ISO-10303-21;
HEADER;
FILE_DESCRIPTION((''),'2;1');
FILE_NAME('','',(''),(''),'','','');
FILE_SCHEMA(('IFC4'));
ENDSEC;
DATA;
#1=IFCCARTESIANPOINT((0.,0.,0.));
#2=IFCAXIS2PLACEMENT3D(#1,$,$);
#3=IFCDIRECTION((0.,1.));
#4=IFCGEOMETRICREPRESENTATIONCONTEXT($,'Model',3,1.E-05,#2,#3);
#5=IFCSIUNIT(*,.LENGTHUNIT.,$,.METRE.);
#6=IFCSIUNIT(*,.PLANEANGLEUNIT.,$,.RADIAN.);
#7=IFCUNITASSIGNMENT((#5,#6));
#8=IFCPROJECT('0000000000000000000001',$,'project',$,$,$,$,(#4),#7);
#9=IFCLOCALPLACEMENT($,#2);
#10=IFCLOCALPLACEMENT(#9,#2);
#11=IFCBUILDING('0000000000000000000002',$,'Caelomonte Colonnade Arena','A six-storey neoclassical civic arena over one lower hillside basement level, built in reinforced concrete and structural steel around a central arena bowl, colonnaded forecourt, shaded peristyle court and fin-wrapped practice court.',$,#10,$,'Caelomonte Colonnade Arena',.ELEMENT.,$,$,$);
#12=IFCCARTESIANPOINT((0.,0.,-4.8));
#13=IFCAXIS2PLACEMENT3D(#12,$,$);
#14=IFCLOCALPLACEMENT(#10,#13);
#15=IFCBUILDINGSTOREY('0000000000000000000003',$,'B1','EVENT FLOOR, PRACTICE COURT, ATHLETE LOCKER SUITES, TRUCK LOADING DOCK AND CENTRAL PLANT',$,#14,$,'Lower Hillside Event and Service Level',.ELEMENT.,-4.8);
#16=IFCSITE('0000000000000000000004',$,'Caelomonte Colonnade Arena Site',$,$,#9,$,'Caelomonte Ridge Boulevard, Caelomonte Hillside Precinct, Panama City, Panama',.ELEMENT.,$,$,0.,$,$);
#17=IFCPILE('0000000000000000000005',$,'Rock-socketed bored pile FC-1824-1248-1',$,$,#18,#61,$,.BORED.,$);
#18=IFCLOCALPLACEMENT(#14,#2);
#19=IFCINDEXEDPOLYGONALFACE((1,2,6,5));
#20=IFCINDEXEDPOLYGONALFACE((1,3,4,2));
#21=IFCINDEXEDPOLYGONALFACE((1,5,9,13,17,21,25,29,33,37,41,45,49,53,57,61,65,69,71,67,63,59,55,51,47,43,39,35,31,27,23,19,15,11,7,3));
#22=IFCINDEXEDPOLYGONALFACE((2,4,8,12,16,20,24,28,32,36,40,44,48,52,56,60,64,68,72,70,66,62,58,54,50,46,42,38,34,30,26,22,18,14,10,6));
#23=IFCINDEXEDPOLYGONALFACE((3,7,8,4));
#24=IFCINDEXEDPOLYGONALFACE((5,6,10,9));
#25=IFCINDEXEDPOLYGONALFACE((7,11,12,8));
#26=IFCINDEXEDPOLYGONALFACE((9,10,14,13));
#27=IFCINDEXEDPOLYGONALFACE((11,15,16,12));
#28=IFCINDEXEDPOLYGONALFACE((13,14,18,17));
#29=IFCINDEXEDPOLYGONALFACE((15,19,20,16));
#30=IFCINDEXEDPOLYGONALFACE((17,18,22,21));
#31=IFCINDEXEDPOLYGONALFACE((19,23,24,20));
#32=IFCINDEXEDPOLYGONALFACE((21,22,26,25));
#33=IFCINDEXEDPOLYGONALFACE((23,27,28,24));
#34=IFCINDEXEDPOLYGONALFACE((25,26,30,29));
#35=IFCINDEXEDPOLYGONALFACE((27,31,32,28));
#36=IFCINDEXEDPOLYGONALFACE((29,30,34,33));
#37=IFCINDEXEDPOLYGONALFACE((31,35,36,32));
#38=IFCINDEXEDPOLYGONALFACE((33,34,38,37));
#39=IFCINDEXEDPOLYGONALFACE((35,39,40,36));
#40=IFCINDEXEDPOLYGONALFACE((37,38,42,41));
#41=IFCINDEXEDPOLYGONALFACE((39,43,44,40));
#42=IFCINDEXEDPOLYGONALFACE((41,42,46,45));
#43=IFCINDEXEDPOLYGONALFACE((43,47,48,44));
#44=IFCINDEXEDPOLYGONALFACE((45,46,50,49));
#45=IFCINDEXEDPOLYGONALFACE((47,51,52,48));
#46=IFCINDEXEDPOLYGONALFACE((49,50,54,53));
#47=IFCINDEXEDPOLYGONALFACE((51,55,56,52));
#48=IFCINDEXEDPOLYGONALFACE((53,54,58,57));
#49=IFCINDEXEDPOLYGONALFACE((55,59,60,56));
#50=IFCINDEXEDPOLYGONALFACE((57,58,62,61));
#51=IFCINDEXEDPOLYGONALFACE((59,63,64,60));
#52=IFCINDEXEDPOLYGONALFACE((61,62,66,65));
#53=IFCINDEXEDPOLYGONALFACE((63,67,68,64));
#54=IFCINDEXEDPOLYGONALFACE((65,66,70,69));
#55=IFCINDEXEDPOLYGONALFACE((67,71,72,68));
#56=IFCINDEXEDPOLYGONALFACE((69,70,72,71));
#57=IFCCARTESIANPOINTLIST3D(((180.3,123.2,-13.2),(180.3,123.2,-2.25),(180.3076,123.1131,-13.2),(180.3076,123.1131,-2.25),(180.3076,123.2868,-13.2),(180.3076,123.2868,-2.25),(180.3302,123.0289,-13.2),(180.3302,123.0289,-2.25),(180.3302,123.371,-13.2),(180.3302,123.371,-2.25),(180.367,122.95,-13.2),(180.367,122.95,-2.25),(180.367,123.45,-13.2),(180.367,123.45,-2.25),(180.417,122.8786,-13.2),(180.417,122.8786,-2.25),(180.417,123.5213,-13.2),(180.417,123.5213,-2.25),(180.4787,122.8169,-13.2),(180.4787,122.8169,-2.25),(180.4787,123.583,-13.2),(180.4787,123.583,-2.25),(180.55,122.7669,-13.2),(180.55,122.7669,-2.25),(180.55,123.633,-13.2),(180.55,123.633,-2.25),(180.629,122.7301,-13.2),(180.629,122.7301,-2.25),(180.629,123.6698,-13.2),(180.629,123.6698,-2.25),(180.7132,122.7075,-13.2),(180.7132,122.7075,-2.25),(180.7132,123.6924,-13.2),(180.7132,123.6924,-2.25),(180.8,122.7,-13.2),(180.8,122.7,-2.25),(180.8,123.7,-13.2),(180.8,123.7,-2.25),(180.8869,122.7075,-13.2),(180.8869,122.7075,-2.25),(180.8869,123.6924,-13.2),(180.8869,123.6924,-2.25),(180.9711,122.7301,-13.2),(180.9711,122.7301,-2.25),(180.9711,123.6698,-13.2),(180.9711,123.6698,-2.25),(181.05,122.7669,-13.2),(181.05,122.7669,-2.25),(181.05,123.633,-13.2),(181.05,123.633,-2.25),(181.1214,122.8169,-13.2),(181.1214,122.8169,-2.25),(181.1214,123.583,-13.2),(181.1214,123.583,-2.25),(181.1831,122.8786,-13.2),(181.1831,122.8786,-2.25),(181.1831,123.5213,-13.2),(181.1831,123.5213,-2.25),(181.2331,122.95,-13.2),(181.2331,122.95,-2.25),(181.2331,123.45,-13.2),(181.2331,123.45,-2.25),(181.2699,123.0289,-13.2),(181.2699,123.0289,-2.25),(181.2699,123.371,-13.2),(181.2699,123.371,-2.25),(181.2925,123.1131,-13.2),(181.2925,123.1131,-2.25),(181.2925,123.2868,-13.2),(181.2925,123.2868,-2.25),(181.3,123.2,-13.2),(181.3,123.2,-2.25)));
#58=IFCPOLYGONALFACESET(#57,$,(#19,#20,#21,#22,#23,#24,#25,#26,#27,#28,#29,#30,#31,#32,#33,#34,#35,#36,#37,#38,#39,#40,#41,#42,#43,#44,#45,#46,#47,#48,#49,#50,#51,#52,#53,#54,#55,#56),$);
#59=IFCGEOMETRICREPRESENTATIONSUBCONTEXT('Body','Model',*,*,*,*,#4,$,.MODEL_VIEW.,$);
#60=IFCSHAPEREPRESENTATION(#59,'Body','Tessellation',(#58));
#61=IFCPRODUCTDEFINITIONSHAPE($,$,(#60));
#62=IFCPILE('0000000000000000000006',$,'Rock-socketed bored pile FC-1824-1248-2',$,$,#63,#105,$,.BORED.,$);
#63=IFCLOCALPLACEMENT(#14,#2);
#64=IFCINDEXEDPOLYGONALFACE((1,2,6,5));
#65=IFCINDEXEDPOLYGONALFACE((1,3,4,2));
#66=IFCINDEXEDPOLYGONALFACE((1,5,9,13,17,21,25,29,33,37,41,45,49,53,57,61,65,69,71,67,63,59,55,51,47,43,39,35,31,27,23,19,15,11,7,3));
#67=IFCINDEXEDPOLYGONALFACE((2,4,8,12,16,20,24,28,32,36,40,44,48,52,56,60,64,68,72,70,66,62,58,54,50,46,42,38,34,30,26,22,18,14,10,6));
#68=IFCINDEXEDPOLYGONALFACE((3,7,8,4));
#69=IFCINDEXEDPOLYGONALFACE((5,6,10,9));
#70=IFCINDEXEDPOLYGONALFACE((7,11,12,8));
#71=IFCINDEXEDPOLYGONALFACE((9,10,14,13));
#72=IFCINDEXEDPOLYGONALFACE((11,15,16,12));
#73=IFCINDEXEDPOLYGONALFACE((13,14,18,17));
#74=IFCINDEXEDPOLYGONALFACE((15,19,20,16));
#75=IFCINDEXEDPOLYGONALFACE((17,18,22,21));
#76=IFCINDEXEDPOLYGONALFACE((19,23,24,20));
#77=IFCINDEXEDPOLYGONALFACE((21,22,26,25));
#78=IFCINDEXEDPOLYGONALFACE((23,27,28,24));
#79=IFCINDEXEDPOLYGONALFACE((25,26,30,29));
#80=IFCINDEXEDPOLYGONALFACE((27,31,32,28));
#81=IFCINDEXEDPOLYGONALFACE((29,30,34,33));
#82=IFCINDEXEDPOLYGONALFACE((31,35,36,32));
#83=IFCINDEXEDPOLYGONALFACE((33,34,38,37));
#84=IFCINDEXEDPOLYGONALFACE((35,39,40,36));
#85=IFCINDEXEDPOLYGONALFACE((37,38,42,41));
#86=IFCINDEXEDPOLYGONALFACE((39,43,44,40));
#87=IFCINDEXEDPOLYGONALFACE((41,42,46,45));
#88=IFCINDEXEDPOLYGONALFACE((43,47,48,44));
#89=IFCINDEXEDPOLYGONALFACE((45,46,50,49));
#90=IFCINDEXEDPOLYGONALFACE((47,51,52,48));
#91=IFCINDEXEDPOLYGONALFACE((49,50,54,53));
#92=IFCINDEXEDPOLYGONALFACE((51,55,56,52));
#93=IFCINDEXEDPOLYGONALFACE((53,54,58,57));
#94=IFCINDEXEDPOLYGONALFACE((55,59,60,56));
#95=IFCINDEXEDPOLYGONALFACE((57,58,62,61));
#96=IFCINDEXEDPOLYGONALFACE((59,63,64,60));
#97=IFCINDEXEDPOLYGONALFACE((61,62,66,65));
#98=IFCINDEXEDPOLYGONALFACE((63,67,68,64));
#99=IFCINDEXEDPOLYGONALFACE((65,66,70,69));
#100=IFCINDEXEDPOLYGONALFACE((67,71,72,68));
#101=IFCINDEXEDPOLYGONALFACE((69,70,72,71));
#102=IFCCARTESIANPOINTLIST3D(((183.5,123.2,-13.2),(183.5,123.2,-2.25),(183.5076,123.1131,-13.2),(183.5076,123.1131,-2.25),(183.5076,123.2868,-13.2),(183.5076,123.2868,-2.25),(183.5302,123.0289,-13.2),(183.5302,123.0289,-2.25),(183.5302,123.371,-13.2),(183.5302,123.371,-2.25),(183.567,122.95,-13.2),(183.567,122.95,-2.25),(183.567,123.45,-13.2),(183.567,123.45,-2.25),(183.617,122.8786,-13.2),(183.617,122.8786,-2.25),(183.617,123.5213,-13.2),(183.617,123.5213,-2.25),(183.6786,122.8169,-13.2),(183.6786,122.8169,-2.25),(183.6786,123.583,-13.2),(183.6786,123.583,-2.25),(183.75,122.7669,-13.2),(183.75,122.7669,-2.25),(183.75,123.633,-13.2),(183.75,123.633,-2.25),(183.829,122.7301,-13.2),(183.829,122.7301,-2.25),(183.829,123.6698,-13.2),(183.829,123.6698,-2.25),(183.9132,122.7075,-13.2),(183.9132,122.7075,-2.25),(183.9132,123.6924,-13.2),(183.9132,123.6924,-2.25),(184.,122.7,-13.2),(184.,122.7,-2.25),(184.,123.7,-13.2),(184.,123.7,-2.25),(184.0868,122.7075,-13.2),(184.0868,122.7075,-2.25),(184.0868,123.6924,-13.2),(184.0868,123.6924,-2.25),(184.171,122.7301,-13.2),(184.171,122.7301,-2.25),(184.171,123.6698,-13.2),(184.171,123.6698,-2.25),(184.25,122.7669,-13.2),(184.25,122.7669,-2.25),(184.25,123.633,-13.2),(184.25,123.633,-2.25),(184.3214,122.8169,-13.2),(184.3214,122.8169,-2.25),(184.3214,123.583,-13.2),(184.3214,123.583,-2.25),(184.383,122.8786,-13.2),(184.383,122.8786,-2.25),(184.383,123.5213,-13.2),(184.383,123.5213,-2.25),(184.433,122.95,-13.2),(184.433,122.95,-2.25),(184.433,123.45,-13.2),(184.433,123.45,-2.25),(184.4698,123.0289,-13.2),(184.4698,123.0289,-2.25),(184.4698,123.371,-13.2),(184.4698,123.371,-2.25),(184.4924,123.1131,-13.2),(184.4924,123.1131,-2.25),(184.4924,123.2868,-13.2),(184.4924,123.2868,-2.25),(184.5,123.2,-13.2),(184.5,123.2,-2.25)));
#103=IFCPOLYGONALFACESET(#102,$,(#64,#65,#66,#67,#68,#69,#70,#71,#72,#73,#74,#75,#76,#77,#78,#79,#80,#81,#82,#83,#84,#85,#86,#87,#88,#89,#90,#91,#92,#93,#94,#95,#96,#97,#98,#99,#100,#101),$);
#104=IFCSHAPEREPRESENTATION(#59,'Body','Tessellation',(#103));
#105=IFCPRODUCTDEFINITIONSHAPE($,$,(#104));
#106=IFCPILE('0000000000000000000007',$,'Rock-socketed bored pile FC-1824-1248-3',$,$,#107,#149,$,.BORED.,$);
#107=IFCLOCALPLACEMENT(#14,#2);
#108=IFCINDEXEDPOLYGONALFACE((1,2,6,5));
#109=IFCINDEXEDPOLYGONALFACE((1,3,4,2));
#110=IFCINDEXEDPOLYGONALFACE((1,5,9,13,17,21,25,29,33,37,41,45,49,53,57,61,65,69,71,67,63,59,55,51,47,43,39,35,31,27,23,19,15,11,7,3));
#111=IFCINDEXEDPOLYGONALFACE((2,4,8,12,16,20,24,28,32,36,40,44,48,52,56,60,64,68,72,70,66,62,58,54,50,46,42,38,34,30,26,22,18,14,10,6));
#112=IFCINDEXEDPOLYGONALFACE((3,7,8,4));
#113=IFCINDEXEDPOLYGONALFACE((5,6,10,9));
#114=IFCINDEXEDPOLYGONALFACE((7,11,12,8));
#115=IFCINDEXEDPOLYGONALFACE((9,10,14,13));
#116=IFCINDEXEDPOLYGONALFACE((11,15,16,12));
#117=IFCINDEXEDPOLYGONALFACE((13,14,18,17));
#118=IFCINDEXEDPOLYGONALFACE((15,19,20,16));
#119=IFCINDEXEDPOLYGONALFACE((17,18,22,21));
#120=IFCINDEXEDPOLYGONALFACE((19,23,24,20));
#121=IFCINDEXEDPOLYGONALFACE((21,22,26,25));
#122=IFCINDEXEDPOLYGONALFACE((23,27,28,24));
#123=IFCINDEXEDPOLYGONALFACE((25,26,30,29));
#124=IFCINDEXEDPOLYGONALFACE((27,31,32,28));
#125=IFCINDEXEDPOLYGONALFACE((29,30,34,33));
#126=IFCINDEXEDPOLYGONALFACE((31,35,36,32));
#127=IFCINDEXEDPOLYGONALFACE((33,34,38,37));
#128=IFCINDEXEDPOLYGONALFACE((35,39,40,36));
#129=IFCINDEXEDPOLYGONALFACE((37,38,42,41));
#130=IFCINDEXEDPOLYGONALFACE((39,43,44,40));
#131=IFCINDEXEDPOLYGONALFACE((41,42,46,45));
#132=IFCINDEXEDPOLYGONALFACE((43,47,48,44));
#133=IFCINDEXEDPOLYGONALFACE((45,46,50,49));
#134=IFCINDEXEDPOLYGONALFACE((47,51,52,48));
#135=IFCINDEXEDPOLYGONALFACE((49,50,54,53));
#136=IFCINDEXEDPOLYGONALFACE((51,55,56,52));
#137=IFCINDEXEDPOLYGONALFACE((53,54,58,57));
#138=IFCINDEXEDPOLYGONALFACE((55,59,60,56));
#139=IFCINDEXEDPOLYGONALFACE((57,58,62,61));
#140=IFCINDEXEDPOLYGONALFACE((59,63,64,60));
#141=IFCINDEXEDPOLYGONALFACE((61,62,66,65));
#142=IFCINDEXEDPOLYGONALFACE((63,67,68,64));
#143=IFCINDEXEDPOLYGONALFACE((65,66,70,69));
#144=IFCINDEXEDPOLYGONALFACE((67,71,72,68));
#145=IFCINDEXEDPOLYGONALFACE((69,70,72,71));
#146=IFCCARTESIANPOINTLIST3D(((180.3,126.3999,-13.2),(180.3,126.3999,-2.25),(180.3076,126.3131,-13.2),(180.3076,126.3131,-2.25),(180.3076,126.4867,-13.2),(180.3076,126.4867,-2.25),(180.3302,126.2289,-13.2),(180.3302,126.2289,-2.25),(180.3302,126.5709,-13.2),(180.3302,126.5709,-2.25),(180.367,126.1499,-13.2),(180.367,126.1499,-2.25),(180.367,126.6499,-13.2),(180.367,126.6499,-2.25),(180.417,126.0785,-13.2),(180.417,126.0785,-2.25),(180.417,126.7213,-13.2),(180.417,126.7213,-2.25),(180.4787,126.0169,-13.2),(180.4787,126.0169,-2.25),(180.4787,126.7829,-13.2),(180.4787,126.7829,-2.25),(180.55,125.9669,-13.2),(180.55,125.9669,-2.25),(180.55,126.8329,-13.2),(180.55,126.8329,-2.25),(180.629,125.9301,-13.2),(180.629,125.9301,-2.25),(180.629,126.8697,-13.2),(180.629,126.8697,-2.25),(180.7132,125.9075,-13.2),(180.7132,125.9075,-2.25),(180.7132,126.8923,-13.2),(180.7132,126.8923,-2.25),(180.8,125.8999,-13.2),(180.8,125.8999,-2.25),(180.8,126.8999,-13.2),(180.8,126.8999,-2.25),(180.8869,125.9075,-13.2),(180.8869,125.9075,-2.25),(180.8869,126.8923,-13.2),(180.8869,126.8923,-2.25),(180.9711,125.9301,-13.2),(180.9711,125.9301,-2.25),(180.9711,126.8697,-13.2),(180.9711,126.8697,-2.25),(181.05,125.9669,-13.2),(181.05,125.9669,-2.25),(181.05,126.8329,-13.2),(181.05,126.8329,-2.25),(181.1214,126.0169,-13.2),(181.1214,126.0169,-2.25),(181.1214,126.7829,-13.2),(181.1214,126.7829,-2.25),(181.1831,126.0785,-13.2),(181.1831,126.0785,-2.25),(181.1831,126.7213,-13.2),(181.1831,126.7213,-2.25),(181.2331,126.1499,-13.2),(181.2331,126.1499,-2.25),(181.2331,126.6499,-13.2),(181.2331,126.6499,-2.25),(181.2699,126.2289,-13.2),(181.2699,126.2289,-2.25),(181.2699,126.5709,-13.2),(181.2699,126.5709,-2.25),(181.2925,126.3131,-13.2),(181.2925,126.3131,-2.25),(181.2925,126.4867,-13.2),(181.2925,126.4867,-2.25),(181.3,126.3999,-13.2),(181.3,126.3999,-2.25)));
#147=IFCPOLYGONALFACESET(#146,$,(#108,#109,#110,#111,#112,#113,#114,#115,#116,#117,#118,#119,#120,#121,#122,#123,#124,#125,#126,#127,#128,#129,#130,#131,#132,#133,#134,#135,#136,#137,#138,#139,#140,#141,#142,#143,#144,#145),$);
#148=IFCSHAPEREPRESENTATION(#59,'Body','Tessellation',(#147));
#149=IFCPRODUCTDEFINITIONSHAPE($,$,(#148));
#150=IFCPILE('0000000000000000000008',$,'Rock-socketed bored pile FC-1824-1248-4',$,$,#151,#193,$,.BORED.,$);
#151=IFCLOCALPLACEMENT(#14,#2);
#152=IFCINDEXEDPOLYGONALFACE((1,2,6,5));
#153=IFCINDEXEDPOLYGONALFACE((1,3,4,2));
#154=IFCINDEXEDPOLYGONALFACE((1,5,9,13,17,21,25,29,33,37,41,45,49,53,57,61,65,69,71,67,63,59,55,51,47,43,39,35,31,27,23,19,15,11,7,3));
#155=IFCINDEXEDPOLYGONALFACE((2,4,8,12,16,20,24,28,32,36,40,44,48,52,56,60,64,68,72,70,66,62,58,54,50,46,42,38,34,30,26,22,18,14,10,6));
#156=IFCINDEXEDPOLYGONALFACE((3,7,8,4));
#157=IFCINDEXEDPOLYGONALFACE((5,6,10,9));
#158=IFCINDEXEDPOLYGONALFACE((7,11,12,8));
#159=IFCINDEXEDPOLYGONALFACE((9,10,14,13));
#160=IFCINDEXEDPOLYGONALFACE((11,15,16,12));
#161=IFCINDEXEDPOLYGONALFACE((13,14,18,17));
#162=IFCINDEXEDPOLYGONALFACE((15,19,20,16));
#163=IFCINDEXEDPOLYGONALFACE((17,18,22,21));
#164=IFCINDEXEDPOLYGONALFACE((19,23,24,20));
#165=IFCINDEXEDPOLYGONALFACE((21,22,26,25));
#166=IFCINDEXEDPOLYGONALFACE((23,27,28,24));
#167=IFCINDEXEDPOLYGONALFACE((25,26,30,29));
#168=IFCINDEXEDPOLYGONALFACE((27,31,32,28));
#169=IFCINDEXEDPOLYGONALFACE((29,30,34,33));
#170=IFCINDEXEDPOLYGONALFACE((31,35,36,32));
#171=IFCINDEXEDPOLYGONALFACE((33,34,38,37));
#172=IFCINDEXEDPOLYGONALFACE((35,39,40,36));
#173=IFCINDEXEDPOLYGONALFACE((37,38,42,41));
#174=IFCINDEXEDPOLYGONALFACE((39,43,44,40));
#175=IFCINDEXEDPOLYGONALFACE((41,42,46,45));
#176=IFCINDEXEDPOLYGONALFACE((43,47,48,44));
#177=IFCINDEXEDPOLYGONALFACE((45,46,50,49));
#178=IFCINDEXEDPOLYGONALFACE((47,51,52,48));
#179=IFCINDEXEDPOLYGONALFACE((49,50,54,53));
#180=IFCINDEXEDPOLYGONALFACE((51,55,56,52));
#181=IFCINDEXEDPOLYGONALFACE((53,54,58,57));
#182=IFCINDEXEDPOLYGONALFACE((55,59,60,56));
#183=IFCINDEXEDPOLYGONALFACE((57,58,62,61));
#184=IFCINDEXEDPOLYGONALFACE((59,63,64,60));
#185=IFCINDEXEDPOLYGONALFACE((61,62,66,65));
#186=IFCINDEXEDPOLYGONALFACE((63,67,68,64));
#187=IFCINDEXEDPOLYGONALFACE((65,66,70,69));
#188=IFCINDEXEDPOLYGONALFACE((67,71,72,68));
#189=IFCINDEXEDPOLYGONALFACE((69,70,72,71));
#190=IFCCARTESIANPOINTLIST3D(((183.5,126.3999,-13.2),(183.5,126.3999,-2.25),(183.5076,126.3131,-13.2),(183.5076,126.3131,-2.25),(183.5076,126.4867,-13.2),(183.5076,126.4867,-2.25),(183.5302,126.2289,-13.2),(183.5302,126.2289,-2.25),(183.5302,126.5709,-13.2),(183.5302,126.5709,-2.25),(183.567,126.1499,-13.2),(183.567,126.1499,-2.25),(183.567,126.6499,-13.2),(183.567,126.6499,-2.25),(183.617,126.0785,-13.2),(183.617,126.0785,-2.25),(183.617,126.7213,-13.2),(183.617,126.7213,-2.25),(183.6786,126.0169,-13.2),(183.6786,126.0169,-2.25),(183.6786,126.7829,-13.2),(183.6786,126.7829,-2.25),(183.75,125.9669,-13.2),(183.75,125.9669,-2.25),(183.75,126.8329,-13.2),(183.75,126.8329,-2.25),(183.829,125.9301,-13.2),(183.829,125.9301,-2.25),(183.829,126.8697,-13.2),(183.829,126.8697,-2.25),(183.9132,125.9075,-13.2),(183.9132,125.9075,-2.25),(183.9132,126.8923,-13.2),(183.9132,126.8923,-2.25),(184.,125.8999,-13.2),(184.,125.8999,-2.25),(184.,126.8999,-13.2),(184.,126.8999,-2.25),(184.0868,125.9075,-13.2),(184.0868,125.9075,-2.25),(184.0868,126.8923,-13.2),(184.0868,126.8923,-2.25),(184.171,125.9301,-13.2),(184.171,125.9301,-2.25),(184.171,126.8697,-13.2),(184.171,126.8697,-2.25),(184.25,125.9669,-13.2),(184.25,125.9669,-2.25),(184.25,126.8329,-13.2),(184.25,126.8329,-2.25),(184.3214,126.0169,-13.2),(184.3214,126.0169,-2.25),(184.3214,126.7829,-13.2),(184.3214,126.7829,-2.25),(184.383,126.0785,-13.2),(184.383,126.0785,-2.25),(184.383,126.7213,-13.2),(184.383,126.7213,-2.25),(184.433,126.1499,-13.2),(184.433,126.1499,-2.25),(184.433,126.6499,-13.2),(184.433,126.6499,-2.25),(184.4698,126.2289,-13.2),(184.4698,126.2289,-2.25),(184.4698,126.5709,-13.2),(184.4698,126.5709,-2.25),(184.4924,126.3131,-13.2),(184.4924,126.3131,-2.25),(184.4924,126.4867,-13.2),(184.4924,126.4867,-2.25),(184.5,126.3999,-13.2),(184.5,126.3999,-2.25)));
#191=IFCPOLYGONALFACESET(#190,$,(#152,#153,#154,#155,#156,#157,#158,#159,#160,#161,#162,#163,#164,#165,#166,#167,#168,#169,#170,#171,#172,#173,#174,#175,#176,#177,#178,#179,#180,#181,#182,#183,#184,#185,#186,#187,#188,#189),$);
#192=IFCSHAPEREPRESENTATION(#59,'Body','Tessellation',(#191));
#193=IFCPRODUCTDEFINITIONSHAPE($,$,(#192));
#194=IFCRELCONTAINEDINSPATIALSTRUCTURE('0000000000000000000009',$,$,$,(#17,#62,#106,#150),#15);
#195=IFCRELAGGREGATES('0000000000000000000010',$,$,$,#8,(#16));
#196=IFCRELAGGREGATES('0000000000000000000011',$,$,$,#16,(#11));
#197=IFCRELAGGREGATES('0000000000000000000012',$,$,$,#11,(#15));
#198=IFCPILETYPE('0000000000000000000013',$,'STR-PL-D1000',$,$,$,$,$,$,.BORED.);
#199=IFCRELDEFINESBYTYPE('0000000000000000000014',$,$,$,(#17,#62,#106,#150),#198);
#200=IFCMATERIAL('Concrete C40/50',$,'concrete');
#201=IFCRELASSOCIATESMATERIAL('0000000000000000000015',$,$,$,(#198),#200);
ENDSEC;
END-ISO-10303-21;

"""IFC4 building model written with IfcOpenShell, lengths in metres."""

from ifc_helpers import new_model, si_unit, direction, frame, origin, origin_2d, place, context, subcontext, project, spatial, circle, extrude, material, material_profile, profile_set, type_object, element, save


model = new_model("IFC4")

# Units and contexts
model_context = context("Model", 3, precision=1e-05, world=origin(), true_north=direction((0.0, 1.0)))
body_context = subcontext(model_context, "Body", "Model", "MODEL_VIEW")
ifc_project = project(units=[si_unit("LENGTHUNIT", "METRE"), si_unit("PLANEANGLEUNIT", "RADIAN")], contexts=[model_context])

# Site, building, storey
site_placement = place(None, origin())
site = spatial("IfcSite", under=ifc_project, at=site_placement, Name="Caelomonte Colonnade Arena Site", LongName="Caelomonte Ridge Boulevard, Caelomonte Hillside Precinct, Panama City, Panama", CompositionType="ELEMENT", RefElevation=0.0)
building_placement = place(site_placement, origin())
building = spatial("IfcBuilding", under=site, at=building_placement, Name="Caelomonte Colonnade Arena", Description="A six-storey neoclassical civic arena over one lower hillside basement level, built in reinforced concrete and structural steel around a central arena bowl, colonnaded forecourt, shaded peristyle court and fin-wrapped practice court.", LongName="Caelomonte Colonnade Arena", CompositionType="ELEMENT")
storey_placement = place(building_placement, frame((0.0, 0.0, -4.8)))
storey = spatial("IfcBuildingStorey", under=building, at=storey_placement, Name="B1", Description="EVENT FLOOR, PRACTICE COURT, ATHLETE LOCKER SUITES, TRUCK LOADING DOCK AND CENTRAL PLANT", LongName="Lower Hillside Event and Service Level", CompositionType="ELEMENT", Elevation=-4.8)

# Shared definitions
ifc_material_1 = material(Name="Concrete C40/50", Category="concrete")

# Piles
ifc_material_profile_1 = material_profile(ifc_material_1, circle(Radius=0.5, at=origin_2d()), Name="PILE-D1000")
ifc_profile_set_1 = profile_set([ifc_material_profile_1], Name="Concrete C40/50")
pile_type = type_object("IfcPileType", Name="STR-PL-D1000", PredefinedType="BORED", material=ifc_profile_set_1)
for number, where, z_axis, x_axis, name in (
    (1, (180.8, 123.2, -2.25), (0.0, 0.0, -1.0), (1.0, 0.0, 0.0), "Rock-socketed bored pile FC-1824-1248-1"),
    (2, (184.0, 123.2, -2.25), (0.0, 0.0, -1.0), (1.0, 0.0, 0.0), "Rock-socketed bored pile FC-1824-1248-2"),
    (3, (180.8, 126.3999, -2.25), (0.0, 0.0, -1.0), (1.0, 0.0, 0.0), "Rock-socketed bored pile FC-1824-1248-3"),
    (4, (184.0, 126.3999, -2.25), (0.0, 0.0, -1.0), (1.0, 0.0, 0.0), "Rock-socketed bored pile FC-1824-1248-4"),
):
    element("IfcPile", number, at=place(storey_placement, frame(where, z_axis=z_axis, x_axis=x_axis)), inside=storey, type_object=pile_type, Name=name, PredefinedType="BORED", context=body_context, shape_type="SweptSolid", body=[
        extrude(circle(Radius=0.5, at=origin_2d()), origin(), (0.0, 0.0, 1.0), 10.95),
    ])

save(model, "model.ifc")
